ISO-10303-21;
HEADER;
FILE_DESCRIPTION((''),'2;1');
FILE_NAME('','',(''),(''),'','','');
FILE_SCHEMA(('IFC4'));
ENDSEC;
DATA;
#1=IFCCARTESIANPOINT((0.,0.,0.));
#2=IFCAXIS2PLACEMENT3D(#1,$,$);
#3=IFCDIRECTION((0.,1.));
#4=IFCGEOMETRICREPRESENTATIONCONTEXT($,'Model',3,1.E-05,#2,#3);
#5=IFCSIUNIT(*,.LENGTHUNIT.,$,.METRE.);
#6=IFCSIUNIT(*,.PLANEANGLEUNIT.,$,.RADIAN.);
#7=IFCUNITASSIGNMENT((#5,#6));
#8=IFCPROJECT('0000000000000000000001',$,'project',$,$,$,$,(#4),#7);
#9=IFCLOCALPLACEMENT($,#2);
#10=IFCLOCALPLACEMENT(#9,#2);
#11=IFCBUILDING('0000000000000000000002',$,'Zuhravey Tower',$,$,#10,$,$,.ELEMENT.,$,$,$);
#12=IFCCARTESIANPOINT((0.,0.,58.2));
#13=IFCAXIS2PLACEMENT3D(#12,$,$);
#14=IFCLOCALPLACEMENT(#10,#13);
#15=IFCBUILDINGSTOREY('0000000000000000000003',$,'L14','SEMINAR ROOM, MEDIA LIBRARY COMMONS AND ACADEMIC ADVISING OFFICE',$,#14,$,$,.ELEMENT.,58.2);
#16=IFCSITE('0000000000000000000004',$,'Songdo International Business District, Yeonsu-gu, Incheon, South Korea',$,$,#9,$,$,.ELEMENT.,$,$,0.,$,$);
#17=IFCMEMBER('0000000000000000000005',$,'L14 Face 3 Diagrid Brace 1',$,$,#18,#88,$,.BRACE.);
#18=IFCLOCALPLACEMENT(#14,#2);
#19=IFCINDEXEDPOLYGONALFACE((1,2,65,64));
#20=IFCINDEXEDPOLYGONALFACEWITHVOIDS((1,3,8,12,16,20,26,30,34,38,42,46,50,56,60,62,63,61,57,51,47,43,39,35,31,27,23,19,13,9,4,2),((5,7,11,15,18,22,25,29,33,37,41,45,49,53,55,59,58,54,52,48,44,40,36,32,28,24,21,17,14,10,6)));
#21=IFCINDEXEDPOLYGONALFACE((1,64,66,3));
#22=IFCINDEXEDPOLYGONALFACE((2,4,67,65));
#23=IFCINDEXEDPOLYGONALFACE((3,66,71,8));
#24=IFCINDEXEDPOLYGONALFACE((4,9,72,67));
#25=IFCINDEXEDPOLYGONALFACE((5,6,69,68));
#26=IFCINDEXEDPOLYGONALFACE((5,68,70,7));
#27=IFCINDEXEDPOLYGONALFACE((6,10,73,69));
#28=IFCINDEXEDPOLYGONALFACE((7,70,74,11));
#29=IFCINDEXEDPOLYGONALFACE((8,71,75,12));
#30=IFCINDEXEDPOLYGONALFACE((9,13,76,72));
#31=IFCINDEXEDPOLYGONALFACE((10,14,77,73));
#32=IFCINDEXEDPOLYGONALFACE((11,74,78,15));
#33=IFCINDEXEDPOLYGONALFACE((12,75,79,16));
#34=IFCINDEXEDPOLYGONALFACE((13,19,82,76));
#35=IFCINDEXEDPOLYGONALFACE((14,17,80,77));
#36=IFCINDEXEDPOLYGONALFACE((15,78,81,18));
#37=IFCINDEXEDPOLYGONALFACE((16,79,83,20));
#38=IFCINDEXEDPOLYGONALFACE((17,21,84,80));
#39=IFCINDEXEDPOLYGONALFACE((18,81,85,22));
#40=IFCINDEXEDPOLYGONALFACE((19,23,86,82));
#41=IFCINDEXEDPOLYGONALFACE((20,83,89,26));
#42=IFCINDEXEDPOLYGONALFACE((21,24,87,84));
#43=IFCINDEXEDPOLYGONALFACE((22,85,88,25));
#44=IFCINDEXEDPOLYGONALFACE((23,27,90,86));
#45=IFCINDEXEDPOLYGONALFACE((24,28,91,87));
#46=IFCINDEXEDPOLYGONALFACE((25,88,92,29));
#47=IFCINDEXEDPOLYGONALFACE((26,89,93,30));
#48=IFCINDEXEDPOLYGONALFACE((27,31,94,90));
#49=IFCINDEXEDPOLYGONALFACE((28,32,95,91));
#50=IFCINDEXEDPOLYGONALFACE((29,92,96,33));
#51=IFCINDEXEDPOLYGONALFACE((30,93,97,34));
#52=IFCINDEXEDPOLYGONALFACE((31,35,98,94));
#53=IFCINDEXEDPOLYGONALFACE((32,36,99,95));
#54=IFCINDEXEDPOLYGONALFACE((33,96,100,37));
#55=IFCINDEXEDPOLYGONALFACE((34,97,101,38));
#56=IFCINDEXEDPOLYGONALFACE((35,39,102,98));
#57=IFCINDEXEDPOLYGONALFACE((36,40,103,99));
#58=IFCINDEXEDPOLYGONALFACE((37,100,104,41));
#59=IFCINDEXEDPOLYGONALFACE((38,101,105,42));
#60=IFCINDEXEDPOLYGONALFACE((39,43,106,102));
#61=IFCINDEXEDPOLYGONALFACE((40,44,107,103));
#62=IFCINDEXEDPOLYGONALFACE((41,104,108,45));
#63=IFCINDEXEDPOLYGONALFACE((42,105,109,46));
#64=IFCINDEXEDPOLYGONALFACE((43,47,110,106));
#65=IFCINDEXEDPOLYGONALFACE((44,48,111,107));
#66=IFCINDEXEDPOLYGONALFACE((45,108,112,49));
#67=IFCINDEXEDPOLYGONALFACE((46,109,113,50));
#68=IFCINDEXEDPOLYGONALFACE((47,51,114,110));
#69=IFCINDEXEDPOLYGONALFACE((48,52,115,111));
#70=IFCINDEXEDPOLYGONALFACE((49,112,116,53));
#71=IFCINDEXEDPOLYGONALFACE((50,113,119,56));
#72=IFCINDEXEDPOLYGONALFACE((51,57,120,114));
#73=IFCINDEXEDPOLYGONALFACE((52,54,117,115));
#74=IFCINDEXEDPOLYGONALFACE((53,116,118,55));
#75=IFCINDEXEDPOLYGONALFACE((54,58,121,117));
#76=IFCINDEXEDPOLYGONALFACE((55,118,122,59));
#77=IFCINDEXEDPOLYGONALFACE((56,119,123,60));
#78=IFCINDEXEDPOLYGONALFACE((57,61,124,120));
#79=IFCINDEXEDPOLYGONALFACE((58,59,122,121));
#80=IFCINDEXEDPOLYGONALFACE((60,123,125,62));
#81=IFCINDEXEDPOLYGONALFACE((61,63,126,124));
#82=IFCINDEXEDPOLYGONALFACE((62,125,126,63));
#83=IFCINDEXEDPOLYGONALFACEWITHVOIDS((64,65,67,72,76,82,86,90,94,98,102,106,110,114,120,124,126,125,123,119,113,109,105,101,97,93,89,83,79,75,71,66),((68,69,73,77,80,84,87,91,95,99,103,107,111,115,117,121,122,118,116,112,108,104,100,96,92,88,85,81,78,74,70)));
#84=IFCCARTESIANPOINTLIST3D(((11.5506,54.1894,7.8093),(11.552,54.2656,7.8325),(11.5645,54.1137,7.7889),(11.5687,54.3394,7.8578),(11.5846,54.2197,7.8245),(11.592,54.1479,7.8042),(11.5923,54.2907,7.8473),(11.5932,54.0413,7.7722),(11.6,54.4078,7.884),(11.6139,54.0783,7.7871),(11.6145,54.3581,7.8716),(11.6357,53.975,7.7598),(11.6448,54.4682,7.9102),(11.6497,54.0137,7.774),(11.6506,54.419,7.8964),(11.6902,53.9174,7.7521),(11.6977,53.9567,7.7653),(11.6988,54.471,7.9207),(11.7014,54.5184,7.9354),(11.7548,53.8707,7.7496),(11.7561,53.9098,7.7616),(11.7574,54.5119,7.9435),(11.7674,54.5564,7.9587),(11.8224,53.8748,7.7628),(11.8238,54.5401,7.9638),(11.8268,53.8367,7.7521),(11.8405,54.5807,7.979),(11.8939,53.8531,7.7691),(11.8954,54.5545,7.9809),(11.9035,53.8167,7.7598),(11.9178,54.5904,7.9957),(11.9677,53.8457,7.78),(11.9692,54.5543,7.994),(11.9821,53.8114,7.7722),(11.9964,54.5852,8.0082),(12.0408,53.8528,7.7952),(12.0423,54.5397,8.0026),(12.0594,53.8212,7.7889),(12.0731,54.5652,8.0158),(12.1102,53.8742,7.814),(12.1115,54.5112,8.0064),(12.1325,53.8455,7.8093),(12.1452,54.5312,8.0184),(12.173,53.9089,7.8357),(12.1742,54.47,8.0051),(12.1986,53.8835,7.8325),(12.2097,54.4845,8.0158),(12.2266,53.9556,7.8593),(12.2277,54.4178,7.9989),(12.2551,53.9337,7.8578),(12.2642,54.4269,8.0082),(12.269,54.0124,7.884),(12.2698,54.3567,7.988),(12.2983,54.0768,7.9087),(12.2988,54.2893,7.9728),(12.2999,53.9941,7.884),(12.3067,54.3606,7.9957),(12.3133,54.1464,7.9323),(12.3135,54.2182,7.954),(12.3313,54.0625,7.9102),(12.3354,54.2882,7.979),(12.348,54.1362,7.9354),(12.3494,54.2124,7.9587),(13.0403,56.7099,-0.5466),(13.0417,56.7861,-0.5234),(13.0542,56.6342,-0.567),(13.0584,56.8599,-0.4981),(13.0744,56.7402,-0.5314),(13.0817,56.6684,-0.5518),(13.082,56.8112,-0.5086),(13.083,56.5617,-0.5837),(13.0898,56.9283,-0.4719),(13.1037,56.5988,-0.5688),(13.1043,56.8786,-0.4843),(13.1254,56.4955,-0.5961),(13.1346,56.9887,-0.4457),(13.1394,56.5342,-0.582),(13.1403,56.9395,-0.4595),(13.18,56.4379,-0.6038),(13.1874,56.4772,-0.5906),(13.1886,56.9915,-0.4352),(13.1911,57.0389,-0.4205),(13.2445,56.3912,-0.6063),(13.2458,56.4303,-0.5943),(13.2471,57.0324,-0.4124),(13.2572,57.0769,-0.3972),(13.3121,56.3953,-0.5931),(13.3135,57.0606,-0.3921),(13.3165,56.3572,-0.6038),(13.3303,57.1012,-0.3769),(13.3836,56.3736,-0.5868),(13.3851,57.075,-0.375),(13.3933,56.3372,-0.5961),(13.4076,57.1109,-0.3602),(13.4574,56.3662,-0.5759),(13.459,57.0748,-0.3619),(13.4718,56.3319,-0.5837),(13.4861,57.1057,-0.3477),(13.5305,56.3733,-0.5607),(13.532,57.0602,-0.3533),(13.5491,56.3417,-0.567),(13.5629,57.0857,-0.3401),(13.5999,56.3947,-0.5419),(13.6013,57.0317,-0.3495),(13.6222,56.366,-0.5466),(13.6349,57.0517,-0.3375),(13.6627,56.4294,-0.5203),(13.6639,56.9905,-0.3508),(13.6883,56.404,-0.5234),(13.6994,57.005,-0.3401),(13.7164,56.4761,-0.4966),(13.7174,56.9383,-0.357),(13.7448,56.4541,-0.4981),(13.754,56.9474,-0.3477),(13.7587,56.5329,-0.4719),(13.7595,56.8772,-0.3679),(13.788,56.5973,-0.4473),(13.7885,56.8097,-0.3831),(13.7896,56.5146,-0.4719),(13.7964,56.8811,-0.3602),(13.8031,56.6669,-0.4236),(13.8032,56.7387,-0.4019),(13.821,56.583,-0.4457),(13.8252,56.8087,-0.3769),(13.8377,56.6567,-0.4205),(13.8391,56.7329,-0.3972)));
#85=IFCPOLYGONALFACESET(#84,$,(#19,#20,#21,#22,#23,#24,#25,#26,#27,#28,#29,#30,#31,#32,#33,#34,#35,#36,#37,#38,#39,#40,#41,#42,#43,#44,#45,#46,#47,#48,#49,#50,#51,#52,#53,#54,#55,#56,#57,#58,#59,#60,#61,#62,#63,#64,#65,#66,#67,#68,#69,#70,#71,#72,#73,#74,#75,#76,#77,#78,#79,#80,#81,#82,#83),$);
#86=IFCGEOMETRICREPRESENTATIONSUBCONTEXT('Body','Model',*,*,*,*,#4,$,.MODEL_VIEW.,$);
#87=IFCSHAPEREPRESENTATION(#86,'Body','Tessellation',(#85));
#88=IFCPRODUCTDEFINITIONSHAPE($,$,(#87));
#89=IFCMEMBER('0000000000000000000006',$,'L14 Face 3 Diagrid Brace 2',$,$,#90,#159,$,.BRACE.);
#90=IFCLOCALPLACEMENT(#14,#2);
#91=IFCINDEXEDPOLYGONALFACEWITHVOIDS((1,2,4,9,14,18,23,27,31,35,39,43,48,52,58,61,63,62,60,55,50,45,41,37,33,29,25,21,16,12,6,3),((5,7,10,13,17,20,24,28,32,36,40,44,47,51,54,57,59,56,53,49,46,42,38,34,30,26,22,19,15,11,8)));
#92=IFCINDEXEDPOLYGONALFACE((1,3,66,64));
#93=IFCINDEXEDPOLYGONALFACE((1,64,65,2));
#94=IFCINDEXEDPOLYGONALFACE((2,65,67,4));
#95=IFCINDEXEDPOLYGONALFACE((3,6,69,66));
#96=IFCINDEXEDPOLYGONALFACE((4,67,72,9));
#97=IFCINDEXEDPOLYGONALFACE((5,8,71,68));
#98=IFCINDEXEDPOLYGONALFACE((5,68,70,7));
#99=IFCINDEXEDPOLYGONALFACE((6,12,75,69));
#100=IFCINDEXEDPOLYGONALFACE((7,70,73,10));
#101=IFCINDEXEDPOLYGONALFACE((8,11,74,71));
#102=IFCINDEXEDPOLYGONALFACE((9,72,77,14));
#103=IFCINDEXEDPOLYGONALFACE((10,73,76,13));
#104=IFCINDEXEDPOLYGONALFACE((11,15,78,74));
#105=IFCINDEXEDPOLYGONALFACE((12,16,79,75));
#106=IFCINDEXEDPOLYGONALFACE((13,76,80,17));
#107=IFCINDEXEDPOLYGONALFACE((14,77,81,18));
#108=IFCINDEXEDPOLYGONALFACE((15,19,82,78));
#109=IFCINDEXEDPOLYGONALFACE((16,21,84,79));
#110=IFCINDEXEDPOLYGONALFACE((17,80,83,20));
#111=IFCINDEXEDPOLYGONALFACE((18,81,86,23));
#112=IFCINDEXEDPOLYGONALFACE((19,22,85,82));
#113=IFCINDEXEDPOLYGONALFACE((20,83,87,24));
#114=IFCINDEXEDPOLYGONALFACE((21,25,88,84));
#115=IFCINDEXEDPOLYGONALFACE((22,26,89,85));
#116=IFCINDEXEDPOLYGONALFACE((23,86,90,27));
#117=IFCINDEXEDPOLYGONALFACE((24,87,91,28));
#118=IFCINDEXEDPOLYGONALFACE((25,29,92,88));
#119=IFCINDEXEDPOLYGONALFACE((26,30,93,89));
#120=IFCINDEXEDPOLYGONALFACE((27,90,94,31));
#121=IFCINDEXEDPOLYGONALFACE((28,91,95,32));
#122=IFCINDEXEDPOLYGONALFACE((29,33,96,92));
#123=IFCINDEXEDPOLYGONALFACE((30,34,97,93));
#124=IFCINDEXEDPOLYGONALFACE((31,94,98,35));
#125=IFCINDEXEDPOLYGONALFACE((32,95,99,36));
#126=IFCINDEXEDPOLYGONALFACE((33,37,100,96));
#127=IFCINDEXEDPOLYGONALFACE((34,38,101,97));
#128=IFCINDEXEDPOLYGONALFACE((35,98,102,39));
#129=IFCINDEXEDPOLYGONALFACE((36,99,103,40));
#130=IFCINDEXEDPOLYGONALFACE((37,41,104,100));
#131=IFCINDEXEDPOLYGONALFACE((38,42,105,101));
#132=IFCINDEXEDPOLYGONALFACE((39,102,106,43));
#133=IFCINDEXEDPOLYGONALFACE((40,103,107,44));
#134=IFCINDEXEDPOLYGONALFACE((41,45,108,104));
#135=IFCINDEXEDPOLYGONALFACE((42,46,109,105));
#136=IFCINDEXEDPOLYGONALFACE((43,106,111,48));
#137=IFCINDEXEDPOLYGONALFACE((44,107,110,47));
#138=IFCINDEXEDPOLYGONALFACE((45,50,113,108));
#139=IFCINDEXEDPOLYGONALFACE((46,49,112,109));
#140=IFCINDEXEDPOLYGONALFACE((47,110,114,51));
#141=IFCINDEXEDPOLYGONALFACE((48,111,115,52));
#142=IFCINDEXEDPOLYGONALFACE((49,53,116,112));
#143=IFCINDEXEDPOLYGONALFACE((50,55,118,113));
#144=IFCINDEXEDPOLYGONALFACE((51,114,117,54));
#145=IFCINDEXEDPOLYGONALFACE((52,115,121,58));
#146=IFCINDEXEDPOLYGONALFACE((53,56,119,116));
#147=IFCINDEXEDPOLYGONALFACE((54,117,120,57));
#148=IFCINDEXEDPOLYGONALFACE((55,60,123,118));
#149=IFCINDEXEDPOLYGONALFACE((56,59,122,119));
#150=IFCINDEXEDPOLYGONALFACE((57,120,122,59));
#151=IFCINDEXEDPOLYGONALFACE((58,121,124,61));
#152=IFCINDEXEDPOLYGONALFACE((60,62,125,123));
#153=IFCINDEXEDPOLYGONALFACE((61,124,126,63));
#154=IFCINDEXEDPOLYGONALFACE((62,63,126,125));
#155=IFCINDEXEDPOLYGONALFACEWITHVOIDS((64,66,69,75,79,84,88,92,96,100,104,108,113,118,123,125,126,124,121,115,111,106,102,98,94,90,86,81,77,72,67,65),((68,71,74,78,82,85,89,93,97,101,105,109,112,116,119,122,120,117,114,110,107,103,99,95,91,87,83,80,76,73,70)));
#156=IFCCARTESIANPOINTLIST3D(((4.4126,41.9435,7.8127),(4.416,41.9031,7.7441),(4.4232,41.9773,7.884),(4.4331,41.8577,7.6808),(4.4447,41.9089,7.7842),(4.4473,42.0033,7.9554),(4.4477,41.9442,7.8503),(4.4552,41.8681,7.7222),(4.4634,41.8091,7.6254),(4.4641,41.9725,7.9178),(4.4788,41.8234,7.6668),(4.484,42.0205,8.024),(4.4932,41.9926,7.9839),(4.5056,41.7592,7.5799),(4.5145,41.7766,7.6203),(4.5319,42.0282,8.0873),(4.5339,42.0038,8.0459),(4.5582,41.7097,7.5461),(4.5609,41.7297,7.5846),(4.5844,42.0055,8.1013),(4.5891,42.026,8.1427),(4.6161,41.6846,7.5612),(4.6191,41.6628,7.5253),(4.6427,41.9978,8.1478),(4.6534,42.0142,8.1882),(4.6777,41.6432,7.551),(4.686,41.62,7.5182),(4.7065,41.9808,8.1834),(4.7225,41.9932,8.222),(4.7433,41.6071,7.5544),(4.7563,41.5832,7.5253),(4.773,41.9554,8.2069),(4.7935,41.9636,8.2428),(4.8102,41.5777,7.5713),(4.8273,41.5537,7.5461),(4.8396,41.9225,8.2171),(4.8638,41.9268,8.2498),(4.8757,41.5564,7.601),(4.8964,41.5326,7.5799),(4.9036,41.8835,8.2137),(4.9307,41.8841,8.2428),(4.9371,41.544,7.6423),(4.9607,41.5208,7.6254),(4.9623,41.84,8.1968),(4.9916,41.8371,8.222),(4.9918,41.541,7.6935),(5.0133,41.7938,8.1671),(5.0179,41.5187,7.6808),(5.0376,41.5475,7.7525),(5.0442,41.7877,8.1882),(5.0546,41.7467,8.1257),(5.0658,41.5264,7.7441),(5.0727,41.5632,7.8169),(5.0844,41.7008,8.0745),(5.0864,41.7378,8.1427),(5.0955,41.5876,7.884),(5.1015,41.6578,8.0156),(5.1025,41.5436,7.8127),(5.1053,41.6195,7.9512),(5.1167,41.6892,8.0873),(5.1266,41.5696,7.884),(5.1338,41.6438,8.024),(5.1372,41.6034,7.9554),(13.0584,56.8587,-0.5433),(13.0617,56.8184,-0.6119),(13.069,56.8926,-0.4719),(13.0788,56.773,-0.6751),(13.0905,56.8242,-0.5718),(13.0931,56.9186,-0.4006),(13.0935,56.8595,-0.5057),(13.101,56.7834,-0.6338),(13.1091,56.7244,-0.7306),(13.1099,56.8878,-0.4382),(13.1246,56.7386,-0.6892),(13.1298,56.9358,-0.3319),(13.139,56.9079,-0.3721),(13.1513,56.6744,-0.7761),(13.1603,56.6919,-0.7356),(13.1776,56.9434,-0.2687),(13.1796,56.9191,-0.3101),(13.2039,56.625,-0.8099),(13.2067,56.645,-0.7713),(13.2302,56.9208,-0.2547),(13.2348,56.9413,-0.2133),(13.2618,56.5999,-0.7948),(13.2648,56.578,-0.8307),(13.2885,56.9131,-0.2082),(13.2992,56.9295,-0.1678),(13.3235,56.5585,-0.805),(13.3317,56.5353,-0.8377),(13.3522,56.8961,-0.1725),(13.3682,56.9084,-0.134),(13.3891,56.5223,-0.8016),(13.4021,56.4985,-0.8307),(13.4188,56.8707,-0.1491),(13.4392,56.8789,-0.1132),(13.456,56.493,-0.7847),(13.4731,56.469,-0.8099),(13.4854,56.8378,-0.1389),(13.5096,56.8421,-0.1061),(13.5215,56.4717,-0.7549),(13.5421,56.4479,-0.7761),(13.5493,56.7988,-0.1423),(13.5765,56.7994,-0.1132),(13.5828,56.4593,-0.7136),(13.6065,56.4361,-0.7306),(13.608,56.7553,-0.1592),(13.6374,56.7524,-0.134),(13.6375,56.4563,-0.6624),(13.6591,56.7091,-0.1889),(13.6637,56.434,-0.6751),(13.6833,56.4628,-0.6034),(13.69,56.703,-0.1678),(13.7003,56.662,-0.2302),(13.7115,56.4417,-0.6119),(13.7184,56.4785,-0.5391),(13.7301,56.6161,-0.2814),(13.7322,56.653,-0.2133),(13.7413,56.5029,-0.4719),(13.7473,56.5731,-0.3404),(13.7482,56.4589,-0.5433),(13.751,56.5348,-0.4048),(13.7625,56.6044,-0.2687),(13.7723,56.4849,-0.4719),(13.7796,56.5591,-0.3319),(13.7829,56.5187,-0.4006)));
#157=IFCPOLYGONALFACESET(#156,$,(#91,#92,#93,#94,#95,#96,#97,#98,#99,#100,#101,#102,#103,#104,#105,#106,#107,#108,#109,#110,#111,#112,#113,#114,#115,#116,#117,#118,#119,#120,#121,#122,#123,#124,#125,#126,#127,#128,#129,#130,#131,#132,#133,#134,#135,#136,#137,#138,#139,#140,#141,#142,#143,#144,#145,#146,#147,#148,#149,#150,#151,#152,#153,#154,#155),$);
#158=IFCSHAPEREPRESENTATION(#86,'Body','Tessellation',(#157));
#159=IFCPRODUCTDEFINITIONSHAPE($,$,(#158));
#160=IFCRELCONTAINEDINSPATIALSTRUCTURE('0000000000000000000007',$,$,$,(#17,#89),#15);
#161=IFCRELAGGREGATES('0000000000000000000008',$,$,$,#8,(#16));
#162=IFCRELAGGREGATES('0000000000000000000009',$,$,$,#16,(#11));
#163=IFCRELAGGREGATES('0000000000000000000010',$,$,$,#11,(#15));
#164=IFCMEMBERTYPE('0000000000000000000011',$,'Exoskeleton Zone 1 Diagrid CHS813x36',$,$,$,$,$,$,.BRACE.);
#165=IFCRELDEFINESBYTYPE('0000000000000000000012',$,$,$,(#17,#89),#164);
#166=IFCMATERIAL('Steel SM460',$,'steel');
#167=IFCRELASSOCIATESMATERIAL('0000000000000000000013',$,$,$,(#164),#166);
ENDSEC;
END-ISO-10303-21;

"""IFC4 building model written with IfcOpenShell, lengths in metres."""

from ifc_helpers import new_model, si_unit, direction, frame, origin, origin_2d, place, context, subcontext, project, spatial, hollow_circle, extrude, material, material_profile, profile_set, type_object, element, save


model = new_model("IFC4")

# Units and contexts
model_context = context("Model", 3, precision=1e-05, world=origin(), true_north=direction((0.0, 1.0)))
body_context = subcontext(model_context, "Body", "Model", "MODEL_VIEW")
ifc_project = project(units=[si_unit("LENGTHUNIT", "METRE"), si_unit("PLANEANGLEUNIT", "RADIAN")], contexts=[model_context])

# Site, building, storey
site_placement = place(None, origin())
site = spatial("IfcSite", under=ifc_project, at=site_placement, Name="Songdo International Business District, Yeonsu-gu, Incheon, South Korea", CompositionType="ELEMENT", RefElevation=0.0)
building_placement = place(site_placement, origin())
building = spatial("IfcBuilding", under=site, at=building_placement, Name="Zuhravey Tower", CompositionType="ELEMENT")
storey_placement = place(building_placement, frame((0.0, 0.0, 58.2)))
storey = spatial("IfcBuildingStorey", under=building, at=storey_placement, Name="L14", Description="SEMINAR ROOM, MEDIA LIBRARY COMMONS AND ACADEMIC ADVISING OFFICE", CompositionType="ELEMENT", Elevation=58.2)

# Members
ifc_material_1 = material(Name="Steel SM460", Category="steel")
ifc_material_profile_1 = material_profile(ifc_material_1, hollow_circle(Radius=0.4065, WallThickness=0.0359, at=origin_2d()), Name="CHS-812.8x36")
ifc_profile_set_1 = profile_set([ifc_material_profile_1], Name="Steel SM460")
member_type_1 = type_object("IfcMemberType", Name="Exoskeleton Zone 1 Diagrid CHS813x36", PredefinedType="BRACE", material=ifc_profile_set_1)
member_1_placement = place(storey_placement, frame((13.4397, 56.7214, -0.4719), z_axis=(-0.168256, -0.284673, 0.943743), x_axis=(0.860873, -0.508819, 0.0)))
element("IfcMember", 1, at=member_1_placement, inside=storey, type_object=member_type_1, Name="L14 Face 3 Diagrid Brace 1", PredefinedType="BRACE", context=body_context, shape_type="SweptSolid", body=[
    extrude(hollow_circle(Radius=0.4065, WallThickness=0.0359, at=origin_2d()), origin(), (0.0, 0.0, 1.0), 8.854),
])
member_2_placement = place(storey_placement, frame((13.4207, 56.6887, -0.4719), z_axis=(-0.451282, -0.778533, 0.436156), x_axis=(0.86516, -0.501496, 0.0)))
element("IfcMember", 2, at=member_2_placement, inside=storey, type_object=member_type_1, Name="L14 Face 3 Diagrid Brace 2", PredefinedType="BRACE", context=body_context, shape_type="SweptSolid", body=[
    extrude(hollow_circle(Radius=0.4065, WallThickness=0.0359, at=origin_2d()), origin(), (0.0, 0.0, 1.0), 19.1582),
])

save(model, "model.ifc")
